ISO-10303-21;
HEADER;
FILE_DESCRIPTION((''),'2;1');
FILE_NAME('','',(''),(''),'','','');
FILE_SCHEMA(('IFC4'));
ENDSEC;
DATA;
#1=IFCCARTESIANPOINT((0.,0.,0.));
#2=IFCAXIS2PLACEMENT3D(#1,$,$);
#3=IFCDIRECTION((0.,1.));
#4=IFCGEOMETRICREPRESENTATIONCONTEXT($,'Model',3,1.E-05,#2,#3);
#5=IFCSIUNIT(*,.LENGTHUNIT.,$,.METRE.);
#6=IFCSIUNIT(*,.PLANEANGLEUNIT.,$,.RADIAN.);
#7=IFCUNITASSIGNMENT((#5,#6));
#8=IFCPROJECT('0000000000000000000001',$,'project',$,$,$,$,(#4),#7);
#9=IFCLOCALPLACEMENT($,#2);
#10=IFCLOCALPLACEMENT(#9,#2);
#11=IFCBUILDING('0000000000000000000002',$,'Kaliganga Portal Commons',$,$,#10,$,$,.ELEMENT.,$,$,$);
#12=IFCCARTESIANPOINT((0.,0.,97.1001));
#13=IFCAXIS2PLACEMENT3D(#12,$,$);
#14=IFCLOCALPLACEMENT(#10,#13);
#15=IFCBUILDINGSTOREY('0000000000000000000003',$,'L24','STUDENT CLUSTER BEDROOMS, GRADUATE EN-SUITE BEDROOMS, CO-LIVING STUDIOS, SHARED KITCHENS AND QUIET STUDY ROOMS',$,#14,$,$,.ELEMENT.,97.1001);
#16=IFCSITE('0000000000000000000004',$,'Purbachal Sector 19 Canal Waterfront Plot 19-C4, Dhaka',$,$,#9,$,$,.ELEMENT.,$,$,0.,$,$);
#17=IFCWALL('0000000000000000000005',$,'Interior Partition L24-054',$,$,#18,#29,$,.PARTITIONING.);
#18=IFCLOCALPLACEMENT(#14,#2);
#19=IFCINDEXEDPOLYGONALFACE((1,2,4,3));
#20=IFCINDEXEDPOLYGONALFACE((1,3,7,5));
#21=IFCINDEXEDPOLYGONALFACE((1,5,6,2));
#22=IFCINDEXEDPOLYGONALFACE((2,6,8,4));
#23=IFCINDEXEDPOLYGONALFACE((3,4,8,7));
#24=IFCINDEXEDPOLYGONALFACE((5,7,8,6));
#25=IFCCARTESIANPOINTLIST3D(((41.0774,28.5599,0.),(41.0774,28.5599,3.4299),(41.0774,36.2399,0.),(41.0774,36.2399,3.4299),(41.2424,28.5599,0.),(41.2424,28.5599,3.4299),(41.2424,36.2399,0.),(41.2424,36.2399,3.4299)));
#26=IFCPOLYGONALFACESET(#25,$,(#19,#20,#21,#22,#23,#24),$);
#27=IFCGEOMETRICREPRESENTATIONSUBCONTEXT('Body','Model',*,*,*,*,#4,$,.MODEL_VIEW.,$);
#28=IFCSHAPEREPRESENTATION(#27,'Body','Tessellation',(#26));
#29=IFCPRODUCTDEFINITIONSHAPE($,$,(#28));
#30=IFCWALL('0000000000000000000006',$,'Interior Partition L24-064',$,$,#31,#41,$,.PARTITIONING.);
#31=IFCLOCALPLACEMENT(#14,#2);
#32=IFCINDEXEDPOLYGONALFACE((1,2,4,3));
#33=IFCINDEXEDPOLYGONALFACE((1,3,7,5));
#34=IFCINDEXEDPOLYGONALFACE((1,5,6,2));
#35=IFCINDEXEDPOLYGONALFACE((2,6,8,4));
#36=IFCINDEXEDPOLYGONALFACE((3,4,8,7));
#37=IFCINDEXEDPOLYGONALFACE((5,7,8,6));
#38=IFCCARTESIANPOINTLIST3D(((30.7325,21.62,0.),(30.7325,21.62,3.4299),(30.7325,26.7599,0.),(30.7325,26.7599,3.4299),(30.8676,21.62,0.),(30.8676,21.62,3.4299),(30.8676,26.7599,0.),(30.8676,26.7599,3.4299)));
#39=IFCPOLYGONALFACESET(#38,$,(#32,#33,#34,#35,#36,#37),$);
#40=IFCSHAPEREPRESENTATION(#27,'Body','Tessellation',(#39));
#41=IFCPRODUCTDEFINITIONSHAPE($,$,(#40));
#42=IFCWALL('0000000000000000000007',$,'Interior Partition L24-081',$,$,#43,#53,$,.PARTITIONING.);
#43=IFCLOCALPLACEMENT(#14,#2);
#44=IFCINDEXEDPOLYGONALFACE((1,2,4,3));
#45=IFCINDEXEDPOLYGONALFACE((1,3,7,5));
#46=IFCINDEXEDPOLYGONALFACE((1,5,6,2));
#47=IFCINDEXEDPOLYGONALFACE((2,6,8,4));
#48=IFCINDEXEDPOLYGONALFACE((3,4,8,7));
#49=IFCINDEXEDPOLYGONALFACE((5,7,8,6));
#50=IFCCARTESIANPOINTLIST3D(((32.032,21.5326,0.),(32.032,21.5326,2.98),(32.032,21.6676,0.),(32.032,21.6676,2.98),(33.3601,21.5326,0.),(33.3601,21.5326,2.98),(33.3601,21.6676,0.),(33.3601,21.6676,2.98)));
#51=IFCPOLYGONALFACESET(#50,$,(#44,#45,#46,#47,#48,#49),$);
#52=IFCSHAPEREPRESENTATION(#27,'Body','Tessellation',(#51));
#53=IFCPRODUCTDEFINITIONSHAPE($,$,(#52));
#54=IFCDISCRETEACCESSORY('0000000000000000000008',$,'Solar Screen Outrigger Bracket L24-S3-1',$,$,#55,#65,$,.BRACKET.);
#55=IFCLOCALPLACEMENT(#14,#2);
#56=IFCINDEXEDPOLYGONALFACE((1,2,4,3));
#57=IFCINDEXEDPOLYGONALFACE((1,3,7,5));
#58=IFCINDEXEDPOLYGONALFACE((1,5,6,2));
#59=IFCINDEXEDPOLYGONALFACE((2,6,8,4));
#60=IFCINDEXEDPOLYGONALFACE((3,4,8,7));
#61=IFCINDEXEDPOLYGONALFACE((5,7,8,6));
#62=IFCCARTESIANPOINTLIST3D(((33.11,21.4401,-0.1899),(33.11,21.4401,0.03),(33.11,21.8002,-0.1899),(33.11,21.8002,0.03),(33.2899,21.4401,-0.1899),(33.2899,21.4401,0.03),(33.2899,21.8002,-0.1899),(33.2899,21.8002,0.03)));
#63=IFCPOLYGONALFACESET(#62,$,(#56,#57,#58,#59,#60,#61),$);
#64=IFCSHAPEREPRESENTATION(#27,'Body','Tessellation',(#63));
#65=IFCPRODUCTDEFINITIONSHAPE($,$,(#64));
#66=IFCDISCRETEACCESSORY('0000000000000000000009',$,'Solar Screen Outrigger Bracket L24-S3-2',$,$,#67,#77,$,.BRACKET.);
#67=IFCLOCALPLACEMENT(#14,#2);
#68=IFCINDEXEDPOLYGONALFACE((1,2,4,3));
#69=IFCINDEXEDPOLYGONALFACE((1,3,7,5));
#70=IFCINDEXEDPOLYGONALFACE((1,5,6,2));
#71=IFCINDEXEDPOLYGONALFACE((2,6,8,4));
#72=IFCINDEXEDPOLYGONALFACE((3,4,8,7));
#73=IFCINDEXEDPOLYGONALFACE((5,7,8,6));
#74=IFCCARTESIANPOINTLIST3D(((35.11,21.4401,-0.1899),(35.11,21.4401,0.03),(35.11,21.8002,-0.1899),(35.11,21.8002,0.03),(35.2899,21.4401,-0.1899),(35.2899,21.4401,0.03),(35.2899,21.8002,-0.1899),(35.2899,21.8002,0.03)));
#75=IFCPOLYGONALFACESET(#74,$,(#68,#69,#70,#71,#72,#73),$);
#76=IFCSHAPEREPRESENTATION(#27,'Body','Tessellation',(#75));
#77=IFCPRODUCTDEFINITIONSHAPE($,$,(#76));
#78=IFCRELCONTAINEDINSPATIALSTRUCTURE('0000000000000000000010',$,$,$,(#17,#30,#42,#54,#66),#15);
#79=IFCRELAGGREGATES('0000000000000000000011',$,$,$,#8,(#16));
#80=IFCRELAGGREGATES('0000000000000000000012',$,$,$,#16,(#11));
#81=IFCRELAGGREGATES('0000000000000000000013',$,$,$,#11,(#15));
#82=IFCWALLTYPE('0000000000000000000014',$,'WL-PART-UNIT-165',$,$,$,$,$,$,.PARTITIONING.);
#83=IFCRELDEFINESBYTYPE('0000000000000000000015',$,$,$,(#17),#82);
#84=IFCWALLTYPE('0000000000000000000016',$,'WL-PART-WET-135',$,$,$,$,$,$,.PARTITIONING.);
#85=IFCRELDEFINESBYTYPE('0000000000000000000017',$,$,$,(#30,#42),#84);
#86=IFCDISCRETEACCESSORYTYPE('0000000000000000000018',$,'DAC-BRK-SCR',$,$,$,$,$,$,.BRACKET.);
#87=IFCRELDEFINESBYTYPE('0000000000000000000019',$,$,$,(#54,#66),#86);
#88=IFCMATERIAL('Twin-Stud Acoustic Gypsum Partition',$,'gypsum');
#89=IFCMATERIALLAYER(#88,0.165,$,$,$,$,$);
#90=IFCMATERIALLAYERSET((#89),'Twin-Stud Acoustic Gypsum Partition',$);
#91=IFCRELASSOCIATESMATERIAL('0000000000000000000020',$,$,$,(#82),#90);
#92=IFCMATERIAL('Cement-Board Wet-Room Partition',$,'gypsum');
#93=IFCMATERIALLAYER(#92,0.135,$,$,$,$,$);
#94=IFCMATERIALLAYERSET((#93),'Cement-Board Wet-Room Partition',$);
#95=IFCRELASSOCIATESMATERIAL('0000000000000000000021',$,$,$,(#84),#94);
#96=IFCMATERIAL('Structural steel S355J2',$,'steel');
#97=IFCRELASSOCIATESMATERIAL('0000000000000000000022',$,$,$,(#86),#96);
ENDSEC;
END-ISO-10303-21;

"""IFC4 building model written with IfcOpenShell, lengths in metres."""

from ifc_helpers import new_model, si_unit, direction, frame, frame_2d, origin, origin_2d, place, context, subcontext, project, spatial, rectangle, extrude, source, transform, mapped, material, layer, layer_set, type_object, element, save


model = new_model("IFC4")

# Units and contexts
model_context = context("Model", 3, precision=1e-05, world=origin(), true_north=direction((0.0, 1.0)))
body_context = subcontext(model_context, "Body", "Model", "MODEL_VIEW")
ifc_project = project(units=[si_unit("LENGTHUNIT", "METRE"), si_unit("PLANEANGLEUNIT", "RADIAN")], contexts=[model_context])

# Site, building, storey
site_placement = place(None, origin())
site = spatial("IfcSite", under=ifc_project, at=site_placement, Name="Purbachal Sector 19 Canal Waterfront Plot 19-C4, Dhaka", CompositionType="ELEMENT", RefElevation=0.0)
building_placement = place(site_placement, origin())
building = spatial("IfcBuilding", under=site, at=building_placement, Name="Kaliganga Portal Commons", CompositionType="ELEMENT")
storey_placement = place(building_placement, frame((0.0, 0.0, 97.1001)))
storey = spatial("IfcBuildingStorey", under=building, at=storey_placement, Name="L24", Description="STUDENT CLUSTER BEDROOMS, GRADUATE EN-SUITE BEDROOMS, CO-LIVING STUDIOS, SHARED KITCHENS AND QUIET STUDY ROOMS", CompositionType="ELEMENT", Elevation=97.1001)

# Shared definitions
ifc_material_1 = material(Name="Structural steel S355J2", Category="steel")

# Walls
ifc_material_2 = material(Name="Twin-Stud Acoustic Gypsum Partition", Category="gypsum")
ifc_layer_1 = layer(ifc_material_2, 0.165)
ifc_layer_set_1 = layer_set([ifc_layer_1], Name="Twin-Stud Acoustic Gypsum Partition")
wall_type_1 = type_object("IfcWallType", Name="WL-PART-UNIT-165", PredefinedType="PARTITIONING", material=ifc_layer_set_1)
wall_1_placement = place(storey_placement, frame((41.1599, 28.5601, 0.0), z_axis=(0.0, 0.0, 1.0), x_axis=(0.0, 1.0, 0.0)))
element("IfcWall", 1, at=wall_1_placement, inside=storey, type_object=wall_type_1, Name="Interior Partition L24-054", PredefinedType="PARTITIONING", context=body_context, shape_type="SweptSolid", body=[
    extrude(rectangle(XDim=7.6799, YDim=0.165, at=frame_2d((3.8398, 0.0))), origin(), (0.0, 0.0, 1.0), 3.4299),
])
ifc_material_3 = material(Name="Cement-Board Wet-Room Partition", Category="gypsum")
ifc_layer_2 = layer(ifc_material_3, 0.135)
ifc_layer_set_2 = layer_set([ifc_layer_2], Name="Cement-Board Wet-Room Partition")
wall_type_2 = type_object("IfcWallType", Name="WL-PART-WET-135", PredefinedType="PARTITIONING", material=ifc_layer_set_2)
wall_2_placement = place(storey_placement, frame((30.8, 21.6201, 0.0), z_axis=(0.0, 0.0, 1.0), x_axis=(0.0, 1.0, 0.0)))
element("IfcWall", 2, at=wall_2_placement, inside=storey, type_object=wall_type_2, Name="Interior Partition L24-064", PredefinedType="PARTITIONING", context=body_context, shape_type="SweptSolid", body=[
    extrude(rectangle(XDim=5.1399, YDim=0.135, at=frame_2d((2.5698, 0.0))), origin(), (0.0, 0.0, 1.0), 3.4299),
])
wall_3_placement = place(storey_placement, frame((32.032, 21.6001, 0.0), z_axis=(0.0, 0.0, 1.0), x_axis=(1.0, 0.0, 0.0)))
element("IfcWall", 3, at=wall_3_placement, inside=storey, type_object=wall_type_2, Name="Interior Partition L24-081", PredefinedType="PARTITIONING", context=body_context, shape_type="SweptSolid", body=[
    extrude(rectangle(XDim=1.3281, YDim=0.135, at=frame_2d((0.6641, 0.0))), origin(), (0.0, 0.0, 1.0), 2.98),
])

# Discrete accessories
discrete_accessory_type = type_object("IfcDiscreteAccessoryType", Name="DAC-BRK-SCR", PredefinedType="BRACKET", material=ifc_material_1)
shared_shape_1 = source(origin(), body_context, "Body", "SweptSolid", [
    extrude(rectangle(XDim=0.1799, YDim=0.3601, at=origin_2d()), origin(), (0.0, 0.0, 1.0), 0.22),
])
for number, where, z_axis, x_axis, name in (
    (4, (33.2, 21.6201, -0.1899), (0.0, 0.0, 1.0), (1.0, 0.0, 0.0), "Solar Screen Outrigger Bracket L24-S3-1"),
    (5, (35.2, 21.6201, -0.1899), (0.0, 0.0, 1.0), (1.0, 0.0, 0.0), "Solar Screen Outrigger Bracket L24-S3-2"),
):
    element("IfcDiscreteAccessory", number, at=place(storey_placement, frame(where, z_axis=z_axis, x_axis=x_axis)), inside=storey, type_object=discrete_accessory_type, Name=name, PredefinedType="BRACKET", context=body_context, shape_type="MappedRepresentation", body=[
        mapped(shared_shape_1, transform((0.0, 0.0, 0.0), x_axis=(1.0, 0.0, 0.0), y_axis=(0.0, 1.0, 0.0), z_axis=(0.0, 0.0, 1.0), scale=1.0)),
    ])

save(model, "model.ifc")
